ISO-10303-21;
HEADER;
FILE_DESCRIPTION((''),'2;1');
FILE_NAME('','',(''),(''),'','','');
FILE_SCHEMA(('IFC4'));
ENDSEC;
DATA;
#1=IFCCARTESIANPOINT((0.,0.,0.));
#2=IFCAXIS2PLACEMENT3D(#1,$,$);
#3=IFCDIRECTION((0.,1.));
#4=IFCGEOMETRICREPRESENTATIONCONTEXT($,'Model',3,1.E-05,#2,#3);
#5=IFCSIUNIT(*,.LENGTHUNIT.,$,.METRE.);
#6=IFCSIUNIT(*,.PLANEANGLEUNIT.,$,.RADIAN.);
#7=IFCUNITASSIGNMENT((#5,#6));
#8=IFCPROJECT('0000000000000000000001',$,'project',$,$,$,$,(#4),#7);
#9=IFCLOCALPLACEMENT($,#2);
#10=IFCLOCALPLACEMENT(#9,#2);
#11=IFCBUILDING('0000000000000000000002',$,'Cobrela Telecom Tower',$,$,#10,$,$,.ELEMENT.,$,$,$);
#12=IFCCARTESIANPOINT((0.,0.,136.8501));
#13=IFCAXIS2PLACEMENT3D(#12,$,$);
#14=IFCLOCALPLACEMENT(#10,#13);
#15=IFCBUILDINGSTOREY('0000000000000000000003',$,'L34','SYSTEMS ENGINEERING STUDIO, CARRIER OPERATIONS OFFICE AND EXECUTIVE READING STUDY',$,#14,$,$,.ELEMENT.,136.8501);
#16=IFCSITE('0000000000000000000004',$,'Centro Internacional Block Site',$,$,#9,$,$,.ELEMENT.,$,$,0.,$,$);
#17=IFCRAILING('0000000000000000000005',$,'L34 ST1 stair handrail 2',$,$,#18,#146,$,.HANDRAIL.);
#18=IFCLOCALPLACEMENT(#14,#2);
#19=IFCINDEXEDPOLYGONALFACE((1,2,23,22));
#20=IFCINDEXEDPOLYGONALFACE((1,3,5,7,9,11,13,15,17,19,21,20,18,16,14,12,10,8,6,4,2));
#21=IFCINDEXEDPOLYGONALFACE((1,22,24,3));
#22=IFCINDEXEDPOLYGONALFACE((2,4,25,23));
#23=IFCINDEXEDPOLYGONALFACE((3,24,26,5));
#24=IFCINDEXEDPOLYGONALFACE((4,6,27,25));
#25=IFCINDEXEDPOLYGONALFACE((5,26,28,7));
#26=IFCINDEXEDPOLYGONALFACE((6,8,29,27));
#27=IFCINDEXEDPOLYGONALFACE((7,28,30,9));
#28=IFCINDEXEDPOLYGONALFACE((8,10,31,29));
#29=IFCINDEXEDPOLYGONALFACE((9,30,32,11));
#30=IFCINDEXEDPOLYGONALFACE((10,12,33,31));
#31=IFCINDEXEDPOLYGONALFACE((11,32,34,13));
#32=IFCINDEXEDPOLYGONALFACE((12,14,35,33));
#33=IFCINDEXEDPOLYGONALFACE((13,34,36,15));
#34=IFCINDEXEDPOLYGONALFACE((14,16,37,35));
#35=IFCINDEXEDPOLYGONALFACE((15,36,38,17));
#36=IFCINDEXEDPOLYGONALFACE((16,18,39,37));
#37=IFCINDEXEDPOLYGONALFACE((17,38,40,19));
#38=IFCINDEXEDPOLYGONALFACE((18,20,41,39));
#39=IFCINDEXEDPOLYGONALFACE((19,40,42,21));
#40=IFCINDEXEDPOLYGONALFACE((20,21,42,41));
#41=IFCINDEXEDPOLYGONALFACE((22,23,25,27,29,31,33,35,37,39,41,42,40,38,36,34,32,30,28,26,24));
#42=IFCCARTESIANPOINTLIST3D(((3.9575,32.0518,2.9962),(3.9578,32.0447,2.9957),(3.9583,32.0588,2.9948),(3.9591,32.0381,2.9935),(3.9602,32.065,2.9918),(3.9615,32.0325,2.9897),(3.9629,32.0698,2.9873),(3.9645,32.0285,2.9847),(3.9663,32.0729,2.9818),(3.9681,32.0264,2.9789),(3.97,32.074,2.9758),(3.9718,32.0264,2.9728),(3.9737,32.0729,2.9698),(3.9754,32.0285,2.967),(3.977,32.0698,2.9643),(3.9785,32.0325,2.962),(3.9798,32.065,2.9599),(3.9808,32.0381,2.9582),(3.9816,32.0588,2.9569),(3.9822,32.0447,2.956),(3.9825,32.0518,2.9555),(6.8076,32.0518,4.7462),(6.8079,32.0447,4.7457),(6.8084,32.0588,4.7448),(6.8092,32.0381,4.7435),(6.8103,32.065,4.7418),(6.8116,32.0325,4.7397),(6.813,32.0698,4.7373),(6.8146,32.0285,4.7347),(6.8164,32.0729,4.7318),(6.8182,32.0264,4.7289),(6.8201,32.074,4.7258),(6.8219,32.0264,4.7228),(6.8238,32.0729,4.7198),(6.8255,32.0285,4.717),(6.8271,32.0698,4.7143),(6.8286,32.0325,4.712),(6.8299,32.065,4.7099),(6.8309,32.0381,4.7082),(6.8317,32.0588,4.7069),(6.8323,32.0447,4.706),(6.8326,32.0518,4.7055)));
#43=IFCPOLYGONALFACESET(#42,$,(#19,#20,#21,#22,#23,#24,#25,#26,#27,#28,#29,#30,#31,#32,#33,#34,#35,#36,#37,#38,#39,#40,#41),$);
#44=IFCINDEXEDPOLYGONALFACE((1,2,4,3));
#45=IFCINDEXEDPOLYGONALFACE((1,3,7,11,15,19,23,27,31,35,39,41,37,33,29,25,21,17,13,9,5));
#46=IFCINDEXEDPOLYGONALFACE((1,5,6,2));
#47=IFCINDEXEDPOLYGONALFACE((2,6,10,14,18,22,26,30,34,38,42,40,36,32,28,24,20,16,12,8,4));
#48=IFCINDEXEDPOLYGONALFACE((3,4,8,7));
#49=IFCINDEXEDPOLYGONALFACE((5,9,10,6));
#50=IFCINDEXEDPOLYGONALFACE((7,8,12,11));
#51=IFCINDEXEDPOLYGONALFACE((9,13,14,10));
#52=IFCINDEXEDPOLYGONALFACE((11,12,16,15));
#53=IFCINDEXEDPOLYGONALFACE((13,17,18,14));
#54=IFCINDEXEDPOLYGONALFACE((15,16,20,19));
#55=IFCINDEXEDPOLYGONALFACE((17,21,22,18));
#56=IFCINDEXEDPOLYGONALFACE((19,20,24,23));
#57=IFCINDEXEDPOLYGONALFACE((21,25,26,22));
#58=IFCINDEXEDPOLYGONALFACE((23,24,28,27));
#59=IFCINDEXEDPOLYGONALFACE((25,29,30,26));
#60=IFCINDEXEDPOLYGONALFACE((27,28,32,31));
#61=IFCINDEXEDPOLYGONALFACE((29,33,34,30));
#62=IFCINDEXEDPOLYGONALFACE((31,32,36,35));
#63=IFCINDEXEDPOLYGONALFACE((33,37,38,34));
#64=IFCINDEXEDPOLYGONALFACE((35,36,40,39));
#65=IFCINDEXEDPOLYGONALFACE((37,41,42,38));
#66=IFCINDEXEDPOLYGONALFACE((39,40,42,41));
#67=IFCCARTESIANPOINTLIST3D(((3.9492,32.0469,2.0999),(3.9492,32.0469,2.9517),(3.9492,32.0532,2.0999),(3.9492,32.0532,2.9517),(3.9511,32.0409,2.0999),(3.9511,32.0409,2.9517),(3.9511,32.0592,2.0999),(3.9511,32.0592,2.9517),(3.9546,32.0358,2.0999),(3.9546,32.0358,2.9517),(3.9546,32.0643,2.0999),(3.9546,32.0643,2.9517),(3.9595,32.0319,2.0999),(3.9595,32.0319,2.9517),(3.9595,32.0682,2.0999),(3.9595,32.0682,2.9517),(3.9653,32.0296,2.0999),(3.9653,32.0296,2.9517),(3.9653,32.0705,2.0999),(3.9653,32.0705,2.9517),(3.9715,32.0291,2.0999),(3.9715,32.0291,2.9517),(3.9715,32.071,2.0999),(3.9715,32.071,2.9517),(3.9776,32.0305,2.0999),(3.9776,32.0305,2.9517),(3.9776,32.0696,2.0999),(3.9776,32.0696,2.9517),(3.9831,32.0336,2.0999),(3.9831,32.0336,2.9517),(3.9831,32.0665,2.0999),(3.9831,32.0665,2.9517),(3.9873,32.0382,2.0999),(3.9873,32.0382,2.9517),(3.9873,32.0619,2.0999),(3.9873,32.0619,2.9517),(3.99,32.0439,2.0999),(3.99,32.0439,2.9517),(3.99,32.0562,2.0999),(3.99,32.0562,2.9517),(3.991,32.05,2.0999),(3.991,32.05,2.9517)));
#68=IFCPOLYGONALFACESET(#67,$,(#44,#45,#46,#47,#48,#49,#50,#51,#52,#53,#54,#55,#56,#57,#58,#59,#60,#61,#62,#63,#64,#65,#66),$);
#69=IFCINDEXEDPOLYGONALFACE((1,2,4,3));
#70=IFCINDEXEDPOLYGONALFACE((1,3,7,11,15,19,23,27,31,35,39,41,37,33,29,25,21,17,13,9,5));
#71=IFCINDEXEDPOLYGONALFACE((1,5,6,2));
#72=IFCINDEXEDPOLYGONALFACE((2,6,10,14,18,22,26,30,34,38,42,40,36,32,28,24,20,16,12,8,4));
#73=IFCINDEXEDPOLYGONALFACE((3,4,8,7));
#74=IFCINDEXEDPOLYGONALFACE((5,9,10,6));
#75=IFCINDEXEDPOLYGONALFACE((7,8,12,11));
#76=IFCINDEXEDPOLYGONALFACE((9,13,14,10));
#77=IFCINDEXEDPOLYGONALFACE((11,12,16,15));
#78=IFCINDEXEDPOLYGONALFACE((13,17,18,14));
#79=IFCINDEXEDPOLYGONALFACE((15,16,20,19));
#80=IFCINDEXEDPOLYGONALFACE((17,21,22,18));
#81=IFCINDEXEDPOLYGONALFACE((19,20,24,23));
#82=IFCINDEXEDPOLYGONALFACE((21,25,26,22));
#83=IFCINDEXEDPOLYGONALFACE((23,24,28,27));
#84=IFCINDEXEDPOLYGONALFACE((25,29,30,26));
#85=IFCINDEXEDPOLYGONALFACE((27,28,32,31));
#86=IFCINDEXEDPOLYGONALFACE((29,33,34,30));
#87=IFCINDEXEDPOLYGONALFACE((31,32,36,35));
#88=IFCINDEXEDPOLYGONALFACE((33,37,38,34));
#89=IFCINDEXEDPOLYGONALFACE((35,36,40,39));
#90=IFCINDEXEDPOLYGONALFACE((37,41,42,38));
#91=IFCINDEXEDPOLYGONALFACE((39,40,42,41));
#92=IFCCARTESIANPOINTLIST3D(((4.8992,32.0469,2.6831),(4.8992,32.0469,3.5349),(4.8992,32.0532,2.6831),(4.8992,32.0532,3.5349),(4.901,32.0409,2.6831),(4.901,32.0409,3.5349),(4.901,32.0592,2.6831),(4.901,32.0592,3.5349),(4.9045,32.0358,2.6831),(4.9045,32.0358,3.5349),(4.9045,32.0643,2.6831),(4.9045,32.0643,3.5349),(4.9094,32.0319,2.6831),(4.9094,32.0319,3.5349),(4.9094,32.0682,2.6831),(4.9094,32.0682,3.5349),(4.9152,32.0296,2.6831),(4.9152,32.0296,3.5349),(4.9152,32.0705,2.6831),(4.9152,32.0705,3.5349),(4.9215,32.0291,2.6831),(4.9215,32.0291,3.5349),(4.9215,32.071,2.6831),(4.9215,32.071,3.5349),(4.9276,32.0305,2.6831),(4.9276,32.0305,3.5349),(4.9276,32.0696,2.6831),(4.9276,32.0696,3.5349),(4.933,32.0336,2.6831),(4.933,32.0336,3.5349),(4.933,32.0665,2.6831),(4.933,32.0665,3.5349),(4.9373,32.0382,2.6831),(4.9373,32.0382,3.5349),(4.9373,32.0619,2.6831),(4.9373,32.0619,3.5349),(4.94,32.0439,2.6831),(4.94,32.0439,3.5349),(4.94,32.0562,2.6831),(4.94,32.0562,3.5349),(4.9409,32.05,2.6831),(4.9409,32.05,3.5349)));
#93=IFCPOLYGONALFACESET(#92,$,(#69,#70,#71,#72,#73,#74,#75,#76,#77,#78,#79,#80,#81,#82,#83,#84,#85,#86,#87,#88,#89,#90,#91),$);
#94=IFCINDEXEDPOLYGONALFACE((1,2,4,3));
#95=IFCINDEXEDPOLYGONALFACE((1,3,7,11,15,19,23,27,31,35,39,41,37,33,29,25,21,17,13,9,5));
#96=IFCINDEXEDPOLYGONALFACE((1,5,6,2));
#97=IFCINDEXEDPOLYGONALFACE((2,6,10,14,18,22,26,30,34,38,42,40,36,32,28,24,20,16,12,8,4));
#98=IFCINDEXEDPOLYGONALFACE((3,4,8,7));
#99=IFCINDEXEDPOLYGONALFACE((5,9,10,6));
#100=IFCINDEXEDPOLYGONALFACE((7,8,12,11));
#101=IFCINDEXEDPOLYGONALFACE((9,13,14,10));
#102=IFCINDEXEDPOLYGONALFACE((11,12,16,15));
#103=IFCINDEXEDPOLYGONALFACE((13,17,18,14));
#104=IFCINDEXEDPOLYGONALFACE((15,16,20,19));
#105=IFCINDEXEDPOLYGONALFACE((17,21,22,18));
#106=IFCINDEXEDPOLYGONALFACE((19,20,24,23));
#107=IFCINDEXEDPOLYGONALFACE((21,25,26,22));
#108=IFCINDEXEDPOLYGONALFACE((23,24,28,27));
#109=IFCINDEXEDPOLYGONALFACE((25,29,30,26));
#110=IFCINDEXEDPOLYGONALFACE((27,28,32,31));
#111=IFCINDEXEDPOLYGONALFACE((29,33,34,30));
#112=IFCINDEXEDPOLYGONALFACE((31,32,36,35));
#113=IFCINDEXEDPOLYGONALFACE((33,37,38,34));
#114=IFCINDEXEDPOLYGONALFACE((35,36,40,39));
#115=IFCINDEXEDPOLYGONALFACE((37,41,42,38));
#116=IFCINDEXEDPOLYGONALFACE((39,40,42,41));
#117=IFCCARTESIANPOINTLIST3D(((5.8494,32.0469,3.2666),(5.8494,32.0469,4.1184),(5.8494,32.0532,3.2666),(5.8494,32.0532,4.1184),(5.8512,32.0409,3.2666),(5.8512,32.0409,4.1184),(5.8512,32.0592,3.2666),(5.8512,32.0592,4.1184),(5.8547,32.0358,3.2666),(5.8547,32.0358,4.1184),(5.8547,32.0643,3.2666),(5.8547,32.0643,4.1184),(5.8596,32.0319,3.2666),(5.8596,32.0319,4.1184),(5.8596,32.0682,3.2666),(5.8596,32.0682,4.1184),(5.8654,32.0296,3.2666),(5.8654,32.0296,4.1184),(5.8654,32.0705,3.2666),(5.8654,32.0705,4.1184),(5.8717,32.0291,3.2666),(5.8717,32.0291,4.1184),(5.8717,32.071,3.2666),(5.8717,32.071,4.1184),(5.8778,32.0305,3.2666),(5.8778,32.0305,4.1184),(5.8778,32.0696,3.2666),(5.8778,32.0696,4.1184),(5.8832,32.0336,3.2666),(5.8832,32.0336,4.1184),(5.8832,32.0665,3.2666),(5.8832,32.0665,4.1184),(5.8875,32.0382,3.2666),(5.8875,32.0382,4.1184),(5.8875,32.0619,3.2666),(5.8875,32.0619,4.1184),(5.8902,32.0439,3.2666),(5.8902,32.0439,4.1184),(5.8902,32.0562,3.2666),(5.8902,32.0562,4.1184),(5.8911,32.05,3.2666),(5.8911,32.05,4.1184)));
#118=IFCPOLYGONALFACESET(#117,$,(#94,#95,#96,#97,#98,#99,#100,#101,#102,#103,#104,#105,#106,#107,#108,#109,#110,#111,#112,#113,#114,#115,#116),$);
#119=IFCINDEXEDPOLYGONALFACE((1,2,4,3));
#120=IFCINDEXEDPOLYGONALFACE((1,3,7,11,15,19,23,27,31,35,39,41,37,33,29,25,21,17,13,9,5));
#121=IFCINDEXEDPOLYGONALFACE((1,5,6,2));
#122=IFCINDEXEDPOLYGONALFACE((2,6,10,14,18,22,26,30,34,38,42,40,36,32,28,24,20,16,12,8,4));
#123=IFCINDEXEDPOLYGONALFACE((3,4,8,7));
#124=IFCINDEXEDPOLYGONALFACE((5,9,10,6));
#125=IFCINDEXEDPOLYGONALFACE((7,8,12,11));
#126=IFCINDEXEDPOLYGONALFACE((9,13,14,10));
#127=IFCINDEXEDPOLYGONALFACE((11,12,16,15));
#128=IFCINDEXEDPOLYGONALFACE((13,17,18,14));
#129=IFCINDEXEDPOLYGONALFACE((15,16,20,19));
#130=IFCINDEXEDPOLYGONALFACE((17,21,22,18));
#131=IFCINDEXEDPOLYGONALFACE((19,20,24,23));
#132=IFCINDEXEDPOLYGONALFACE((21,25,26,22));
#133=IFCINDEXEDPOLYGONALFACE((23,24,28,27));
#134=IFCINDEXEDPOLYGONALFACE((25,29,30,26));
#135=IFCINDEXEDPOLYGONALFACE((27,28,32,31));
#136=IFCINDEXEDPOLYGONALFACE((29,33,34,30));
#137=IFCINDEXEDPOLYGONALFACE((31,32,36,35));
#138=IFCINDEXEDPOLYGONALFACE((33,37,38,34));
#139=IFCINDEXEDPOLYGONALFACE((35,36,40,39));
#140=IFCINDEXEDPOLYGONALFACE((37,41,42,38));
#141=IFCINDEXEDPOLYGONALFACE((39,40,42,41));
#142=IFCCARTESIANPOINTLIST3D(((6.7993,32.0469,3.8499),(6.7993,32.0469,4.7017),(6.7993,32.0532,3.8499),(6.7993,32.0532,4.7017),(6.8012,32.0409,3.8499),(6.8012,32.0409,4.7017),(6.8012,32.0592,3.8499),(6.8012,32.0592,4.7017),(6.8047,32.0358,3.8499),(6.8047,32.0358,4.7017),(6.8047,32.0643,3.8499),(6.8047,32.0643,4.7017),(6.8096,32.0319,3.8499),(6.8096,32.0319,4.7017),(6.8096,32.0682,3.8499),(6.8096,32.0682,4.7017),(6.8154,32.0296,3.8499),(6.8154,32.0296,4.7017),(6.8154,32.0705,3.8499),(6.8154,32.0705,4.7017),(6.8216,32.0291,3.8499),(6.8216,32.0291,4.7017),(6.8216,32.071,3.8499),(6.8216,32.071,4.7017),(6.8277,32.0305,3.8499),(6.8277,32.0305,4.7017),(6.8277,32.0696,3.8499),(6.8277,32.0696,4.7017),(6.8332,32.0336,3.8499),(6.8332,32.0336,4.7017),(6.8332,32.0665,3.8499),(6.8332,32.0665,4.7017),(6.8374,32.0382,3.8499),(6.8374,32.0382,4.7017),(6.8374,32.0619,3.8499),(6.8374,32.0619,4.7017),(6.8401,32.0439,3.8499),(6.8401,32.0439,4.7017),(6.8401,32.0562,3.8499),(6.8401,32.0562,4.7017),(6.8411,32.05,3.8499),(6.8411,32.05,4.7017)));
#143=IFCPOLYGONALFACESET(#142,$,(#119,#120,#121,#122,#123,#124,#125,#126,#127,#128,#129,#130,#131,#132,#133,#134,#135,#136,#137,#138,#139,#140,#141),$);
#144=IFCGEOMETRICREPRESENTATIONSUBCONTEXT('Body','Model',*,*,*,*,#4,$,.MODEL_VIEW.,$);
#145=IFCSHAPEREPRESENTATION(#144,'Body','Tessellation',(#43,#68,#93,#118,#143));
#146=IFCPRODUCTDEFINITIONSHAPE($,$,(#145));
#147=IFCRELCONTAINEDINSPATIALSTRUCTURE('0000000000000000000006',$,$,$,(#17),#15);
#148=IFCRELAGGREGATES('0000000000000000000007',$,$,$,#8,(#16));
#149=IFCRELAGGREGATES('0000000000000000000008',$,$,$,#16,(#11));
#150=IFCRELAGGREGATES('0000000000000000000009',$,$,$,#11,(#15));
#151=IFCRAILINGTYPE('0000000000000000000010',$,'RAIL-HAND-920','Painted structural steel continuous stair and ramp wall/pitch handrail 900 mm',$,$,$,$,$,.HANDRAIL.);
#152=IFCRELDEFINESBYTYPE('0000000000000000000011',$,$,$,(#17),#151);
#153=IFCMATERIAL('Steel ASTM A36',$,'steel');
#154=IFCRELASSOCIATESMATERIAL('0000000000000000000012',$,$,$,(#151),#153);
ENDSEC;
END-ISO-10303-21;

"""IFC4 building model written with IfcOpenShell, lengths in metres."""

from ifc_helpers import new_model, si_unit, direction, frame, origin, origin_2d, place, context, subcontext, project, spatial, circle, extrude, material, type_object, element, save


model = new_model("IFC4")

# Units and contexts
model_context = context("Model", 3, precision=1e-05, world=origin(), true_north=direction((0.0, 1.0)))
body_context = subcontext(model_context, "Body", "Model", "MODEL_VIEW")
ifc_project = project(units=[si_unit("LENGTHUNIT", "METRE"), si_unit("PLANEANGLEUNIT", "RADIAN")], contexts=[model_context])

# Site, building, storey
site_placement = place(None, origin())
site = spatial("IfcSite", under=ifc_project, at=site_placement, Name="Centro Internacional Block Site", CompositionType="ELEMENT", RefElevation=0.0)
building_placement = place(site_placement, origin())
building = spatial("IfcBuilding", under=site, at=building_placement, Name="Cobrela Telecom Tower", CompositionType="ELEMENT")
storey_placement = place(building_placement, frame((0.0, 0.0, 136.8501)))
storey = spatial("IfcBuildingStorey", under=building, at=storey_placement, Name="L34", Description="SYSTEMS ENGINEERING STUDIO, CARRIER OPERATIONS OFFICE AND EXECUTIVE READING STUDY", CompositionType="ELEMENT", Elevation=136.8501)

# Shared definitions
ifc_material_1 = material(Name="Steel ASTM A36", Category="steel")

# Railing
railing_type_1 = type_object("IfcRailingType", Name="RAIL-HAND-920", Description="Painted structural steel continuous stair and ramp wall/pitch handrail 900 mm", PredefinedType="HANDRAIL", material=ifc_material_1)
railing_1_placement = place(storey_placement, frame((3.97, 32.05, 2.0999)))
element("IfcRailing", 1, at=railing_1_placement, inside=storey, type_object=railing_type_1, Name="L34 ST1 stair handrail 2", PredefinedType="HANDRAIL", context=body_context, shape_type="SweptSolid", body=[
    extrude(circle(Radius=0.0239, at=origin_2d()), frame((0.0, 0.0, 0.876), z_axis=(0.852179, 0.0, 0.52325), x_axis=(0.0, 1.0, 0.0)), (0.0, 0.0, 1.0), 3.3445),
    extrude(circle(Radius=0.021, at=origin_2d()), origin(), (0.0, 0.0, 1.0), 0.8518),
    extrude(circle(Radius=0.021, at=origin_2d()), frame((0.95, 0.0, 0.5833)), (0.0, 0.0, 1.0), 0.8518),
    extrude(circle(Radius=0.021, at=origin_2d()), frame((1.9001, 0.0, 1.1667)), (0.0, 0.0, 1.0), 0.8518),
    extrude(circle(Radius=0.021, at=origin_2d()), frame((2.8501, 0.0, 1.75)), (0.0, 0.0, 1.0), 0.8518),
])

save(model, "model.ifc")
